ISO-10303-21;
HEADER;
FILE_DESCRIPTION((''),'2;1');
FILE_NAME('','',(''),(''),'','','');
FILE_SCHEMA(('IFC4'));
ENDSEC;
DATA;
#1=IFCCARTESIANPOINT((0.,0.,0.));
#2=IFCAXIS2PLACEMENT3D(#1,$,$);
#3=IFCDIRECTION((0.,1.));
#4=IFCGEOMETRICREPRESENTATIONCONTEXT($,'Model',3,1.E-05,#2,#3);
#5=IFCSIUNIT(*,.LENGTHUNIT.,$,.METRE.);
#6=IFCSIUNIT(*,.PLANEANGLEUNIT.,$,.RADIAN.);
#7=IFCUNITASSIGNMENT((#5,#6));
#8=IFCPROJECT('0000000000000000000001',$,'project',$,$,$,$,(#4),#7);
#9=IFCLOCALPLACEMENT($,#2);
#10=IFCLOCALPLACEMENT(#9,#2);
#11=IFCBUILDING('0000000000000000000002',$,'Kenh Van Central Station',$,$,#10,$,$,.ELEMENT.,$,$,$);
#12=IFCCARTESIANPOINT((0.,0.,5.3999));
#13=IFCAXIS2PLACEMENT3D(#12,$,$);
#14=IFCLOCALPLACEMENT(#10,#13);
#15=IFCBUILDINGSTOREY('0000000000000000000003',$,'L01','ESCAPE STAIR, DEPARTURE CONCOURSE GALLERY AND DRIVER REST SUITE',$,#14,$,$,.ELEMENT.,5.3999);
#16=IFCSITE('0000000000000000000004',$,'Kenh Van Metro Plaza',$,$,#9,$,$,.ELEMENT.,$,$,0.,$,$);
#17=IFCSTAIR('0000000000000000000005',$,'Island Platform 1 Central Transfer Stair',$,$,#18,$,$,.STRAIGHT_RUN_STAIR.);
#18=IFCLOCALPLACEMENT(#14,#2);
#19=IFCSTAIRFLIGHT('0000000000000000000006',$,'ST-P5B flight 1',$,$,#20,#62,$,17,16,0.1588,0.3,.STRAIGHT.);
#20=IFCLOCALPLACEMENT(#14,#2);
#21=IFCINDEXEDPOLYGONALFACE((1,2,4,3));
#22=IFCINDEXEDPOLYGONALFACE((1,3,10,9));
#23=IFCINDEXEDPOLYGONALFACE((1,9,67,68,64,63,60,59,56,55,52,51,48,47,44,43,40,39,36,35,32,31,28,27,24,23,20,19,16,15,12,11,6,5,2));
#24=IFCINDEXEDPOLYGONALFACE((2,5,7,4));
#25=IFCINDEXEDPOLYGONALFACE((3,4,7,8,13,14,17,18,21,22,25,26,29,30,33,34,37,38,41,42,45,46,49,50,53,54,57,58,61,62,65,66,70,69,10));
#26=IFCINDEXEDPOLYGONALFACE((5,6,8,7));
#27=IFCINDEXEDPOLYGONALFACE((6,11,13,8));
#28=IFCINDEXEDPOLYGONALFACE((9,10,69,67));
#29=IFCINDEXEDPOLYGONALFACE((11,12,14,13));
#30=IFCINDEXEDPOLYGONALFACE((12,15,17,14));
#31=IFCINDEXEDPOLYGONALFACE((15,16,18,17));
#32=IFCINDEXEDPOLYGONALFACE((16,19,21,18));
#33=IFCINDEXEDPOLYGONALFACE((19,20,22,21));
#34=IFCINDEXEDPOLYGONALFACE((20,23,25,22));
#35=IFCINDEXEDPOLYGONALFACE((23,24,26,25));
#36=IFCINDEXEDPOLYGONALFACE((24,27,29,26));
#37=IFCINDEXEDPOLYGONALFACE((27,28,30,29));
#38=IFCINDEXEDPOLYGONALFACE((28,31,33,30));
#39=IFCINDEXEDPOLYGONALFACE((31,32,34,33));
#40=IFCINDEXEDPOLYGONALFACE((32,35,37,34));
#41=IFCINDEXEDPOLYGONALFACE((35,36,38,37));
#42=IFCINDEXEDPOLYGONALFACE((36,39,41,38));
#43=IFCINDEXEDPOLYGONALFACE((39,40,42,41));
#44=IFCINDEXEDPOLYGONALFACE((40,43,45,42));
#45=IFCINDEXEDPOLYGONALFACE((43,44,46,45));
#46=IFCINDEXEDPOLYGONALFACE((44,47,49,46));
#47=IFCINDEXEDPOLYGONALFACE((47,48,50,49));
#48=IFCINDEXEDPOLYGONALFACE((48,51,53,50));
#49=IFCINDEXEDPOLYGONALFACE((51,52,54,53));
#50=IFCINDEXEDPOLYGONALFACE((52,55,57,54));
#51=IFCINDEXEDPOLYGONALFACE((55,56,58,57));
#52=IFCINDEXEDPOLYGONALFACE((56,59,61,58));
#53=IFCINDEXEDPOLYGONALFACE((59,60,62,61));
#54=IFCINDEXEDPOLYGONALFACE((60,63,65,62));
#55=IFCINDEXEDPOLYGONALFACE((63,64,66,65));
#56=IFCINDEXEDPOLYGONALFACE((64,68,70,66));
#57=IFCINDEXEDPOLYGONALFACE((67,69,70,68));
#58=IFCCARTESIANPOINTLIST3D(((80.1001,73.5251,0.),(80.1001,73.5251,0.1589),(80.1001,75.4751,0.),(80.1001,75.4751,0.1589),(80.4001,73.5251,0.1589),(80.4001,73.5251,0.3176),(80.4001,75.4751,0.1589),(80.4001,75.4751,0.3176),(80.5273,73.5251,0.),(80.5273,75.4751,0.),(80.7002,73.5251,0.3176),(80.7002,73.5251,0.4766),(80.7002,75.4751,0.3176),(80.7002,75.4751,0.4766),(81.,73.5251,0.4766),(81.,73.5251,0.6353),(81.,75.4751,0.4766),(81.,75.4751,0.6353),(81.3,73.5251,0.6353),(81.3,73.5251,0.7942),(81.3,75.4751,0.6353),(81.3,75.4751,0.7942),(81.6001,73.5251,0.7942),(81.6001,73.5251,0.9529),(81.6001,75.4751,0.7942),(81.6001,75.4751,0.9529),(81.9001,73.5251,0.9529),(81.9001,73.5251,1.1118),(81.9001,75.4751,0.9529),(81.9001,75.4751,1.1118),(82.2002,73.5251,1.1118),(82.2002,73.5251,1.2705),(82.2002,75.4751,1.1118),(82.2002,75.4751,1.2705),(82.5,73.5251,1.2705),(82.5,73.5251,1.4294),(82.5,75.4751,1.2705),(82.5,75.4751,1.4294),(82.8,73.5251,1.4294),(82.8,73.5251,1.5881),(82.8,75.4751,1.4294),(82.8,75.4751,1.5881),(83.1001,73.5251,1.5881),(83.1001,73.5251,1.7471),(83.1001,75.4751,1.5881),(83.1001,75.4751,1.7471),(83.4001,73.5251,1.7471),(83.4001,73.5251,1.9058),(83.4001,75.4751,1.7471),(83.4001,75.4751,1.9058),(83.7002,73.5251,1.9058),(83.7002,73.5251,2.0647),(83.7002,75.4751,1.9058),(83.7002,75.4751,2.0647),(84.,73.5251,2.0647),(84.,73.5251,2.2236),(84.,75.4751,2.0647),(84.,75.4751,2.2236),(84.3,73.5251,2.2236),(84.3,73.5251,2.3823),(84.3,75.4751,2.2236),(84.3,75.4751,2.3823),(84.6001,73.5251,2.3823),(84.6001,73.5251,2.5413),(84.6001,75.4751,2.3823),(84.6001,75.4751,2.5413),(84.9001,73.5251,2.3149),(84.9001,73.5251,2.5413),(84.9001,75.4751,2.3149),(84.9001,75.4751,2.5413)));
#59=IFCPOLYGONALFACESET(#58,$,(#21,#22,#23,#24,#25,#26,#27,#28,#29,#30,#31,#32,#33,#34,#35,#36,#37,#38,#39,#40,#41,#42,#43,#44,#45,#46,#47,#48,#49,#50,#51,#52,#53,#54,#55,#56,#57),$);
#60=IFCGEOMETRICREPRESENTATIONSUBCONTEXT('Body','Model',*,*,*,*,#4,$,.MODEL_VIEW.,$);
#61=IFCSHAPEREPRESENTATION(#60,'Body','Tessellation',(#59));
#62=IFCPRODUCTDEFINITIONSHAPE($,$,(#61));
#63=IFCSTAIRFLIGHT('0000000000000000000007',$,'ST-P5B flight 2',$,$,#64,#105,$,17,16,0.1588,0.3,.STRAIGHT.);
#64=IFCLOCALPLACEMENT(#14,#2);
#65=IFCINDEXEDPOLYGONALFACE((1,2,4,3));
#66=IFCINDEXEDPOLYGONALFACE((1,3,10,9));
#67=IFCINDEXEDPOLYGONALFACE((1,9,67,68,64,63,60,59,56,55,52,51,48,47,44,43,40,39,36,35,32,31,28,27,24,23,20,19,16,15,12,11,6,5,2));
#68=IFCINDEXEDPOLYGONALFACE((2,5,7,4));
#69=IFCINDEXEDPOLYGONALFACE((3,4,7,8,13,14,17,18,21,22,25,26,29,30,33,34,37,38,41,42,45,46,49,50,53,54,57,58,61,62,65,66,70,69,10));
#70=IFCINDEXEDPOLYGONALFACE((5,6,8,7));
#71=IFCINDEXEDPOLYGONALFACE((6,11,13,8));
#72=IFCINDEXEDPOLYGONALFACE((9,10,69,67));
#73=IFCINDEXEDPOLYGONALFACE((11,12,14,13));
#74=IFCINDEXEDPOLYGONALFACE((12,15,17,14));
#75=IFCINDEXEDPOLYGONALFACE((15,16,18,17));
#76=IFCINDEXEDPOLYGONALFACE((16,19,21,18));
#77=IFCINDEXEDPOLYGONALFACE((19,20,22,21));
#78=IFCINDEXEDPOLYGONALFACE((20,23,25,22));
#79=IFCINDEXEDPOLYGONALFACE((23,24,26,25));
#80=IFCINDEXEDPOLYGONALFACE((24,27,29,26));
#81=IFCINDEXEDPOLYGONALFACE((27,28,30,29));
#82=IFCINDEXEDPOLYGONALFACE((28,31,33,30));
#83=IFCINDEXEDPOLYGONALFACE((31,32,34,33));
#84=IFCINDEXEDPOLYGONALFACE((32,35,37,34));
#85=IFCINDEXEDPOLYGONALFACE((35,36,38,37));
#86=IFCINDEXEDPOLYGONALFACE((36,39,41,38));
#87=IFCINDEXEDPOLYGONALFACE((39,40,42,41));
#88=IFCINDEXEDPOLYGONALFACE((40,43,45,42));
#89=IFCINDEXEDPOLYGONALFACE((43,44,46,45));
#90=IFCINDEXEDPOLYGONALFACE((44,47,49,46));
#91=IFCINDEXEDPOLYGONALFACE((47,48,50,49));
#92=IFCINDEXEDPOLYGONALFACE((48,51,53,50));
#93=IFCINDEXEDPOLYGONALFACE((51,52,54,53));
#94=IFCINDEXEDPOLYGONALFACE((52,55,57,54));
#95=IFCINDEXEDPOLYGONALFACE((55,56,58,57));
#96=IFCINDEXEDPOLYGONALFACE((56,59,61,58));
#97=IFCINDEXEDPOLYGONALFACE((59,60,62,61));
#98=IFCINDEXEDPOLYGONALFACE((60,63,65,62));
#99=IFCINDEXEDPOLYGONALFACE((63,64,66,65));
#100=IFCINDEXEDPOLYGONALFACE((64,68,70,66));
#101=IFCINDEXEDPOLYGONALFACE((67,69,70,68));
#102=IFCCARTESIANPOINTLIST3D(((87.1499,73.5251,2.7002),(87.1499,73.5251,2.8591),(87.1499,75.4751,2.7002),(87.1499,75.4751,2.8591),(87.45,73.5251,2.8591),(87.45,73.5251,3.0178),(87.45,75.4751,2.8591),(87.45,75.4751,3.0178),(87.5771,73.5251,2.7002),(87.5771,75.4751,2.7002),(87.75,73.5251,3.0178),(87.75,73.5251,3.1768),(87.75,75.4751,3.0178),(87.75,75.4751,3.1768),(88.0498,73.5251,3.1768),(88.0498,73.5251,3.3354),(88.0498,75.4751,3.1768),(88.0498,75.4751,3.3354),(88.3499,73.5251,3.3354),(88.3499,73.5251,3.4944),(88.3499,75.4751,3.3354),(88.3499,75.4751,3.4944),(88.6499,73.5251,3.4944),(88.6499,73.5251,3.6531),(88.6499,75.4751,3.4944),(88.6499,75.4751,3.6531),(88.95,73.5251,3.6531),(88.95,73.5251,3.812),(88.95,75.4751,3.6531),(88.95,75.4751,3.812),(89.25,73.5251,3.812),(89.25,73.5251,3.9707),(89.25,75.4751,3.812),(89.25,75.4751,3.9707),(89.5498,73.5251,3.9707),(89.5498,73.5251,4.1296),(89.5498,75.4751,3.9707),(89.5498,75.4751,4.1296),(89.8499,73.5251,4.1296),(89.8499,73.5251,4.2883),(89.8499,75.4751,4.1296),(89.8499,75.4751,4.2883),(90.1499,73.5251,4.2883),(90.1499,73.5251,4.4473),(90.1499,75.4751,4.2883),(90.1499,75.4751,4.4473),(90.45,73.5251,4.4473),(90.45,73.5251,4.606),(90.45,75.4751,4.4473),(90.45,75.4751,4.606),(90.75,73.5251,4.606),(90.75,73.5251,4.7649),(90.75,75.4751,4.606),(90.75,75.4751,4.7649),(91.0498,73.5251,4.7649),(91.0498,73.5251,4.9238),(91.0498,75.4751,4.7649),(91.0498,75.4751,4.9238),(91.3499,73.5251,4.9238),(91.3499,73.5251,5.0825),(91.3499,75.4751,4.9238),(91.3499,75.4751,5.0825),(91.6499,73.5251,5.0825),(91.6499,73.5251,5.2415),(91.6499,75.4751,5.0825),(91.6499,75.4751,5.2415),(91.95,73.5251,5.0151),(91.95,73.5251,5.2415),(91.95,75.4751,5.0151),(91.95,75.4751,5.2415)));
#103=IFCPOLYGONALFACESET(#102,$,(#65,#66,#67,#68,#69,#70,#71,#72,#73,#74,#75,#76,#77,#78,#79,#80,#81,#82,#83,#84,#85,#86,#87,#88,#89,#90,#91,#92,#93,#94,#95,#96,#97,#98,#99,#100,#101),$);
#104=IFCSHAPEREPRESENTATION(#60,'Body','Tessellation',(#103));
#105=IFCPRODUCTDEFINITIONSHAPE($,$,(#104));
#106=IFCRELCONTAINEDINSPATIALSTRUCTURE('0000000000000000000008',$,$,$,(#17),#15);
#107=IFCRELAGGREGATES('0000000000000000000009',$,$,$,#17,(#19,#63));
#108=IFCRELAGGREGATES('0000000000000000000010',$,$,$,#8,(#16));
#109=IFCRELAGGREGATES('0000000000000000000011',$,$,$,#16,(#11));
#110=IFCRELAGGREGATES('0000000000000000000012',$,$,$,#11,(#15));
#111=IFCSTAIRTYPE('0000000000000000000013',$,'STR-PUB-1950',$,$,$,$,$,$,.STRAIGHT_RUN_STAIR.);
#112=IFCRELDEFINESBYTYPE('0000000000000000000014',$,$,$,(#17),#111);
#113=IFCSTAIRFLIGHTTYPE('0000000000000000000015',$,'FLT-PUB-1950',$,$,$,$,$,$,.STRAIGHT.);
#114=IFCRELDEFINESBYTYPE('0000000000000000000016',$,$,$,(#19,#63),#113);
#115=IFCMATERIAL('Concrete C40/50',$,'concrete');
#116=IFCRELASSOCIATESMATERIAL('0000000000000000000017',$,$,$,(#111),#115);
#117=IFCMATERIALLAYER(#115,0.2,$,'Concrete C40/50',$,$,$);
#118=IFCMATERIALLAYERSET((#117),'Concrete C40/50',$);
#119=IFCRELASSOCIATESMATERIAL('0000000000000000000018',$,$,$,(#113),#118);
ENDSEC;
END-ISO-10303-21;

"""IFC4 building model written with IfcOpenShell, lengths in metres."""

from ifc_helpers import new_model, si_unit, direction, frame, origin, place, context, subcontext, project, spatial, polyline, outline, extrude, material, layer, layer_set, type_object, element, aggregate, save


model = new_model("IFC4")

# Units and contexts
model_context = context("Model", 3, precision=1e-05, world=origin(), true_north=direction((0.0, 1.0)))
body_context = subcontext(model_context, "Body", "Model", "MODEL_VIEW")
ifc_project = project(units=[si_unit("LENGTHUNIT", "METRE"), si_unit("PLANEANGLEUNIT", "RADIAN")], contexts=[model_context])

# Site, building, storey
site_placement = place(None, origin())
site = spatial("IfcSite", under=ifc_project, at=site_placement, Name="Kenh Van Metro Plaza", CompositionType="ELEMENT", RefElevation=0.0)
building_placement = place(site_placement, origin())
building = spatial("IfcBuilding", under=site, at=building_placement, Name="Kenh Van Central Station", CompositionType="ELEMENT")
storey_placement = place(building_placement, frame((0.0, 0.0, 5.3999)))
storey = spatial("IfcBuildingStorey", under=building, at=storey_placement, Name="L01", Description="ESCAPE STAIR, DEPARTURE CONCOURSE GALLERY AND DRIVER REST SUITE", CompositionType="ELEMENT", Elevation=5.3999)

# Shared definitions
ifc_material_1 = material(Name="Concrete C40/50", Category="concrete")

# Stair, stair flights
stair_type = type_object("IfcStairType", Name="STR-PUB-1950", PredefinedType="STRAIGHT_RUN_STAIR", material=ifc_material_1)
stair_placement = place(storey_placement, origin())
stair = element("IfcStair", 1, at=stair_placement, inside=storey, type_object=stair_type, Name="Island Platform 1 Central Transfer Stair", PredefinedType="STRAIGHT_RUN_STAIR")
ifc_layer_1 = layer(ifc_material_1, 0.2, Name="Concrete C40/50")
ifc_layer_set_1 = layer_set([ifc_layer_1], Name="Concrete C40/50")
stair_flight_type = type_object("IfcStairFlightType", Name="FLT-PUB-1950", PredefinedType="STRAIGHT", material=ifc_layer_set_1)
stair_flight_1_placement = place(storey_placement, frame((80.1001, 74.5, 0.0), z_axis=(0.0, 0.0, 1.0), x_axis=(1.0, 0.0, 0.0)))
stair_flight_1 = element("IfcStairFlight", 2, at=stair_flight_1_placement, type_object=stair_flight_type, Name="ST-P5B flight 1", NumberOfRisers=17, NumberOfTreads=16, PredefinedType="STRAIGHT", RiserHeight=0.1588, TreadLength=0.3, context=body_context, shape_type="SweptSolid", body=[
    extrude(outline(polyline([(0.0, 0.0), (0.0, 0.1589), (0.3, 0.1589), (0.3, 0.3176), (0.6001, 0.3176), (0.6001, 0.4766), (0.8999, 0.4766), (0.8999, 0.6353), (1.2, 0.6353), (1.2, 0.7942), (1.5, 0.7942), (1.5, 0.9529), (1.8, 0.9529), (1.8, 1.1118), (2.1001, 1.1118), (2.1001, 1.2705), (2.3999, 1.2705), (2.3999, 1.4294), (2.7, 1.4294), (2.7, 1.5881), (3.0, 1.5881), (3.0, 1.7471), (3.3, 1.7471), (3.3, 1.9058), (3.6001, 1.9058), (3.6001, 2.0647), (3.8999, 2.0647), (3.8999, 2.2236), (4.2, 2.2236), (4.2, 2.3823), (4.5, 2.3823), (4.5, 2.5413), (4.8, 2.5413), (4.8, 2.7), (4.8, 2.3149), (0.4272, 0.0), (0.0, 0.0)])), frame((0.0, 0.9751, 0.0), z_axis=(0.0, -1.0, 0.0), x_axis=(1.0, 0.0, 0.0)), (0.0, 0.0, 1.0), 1.95),
])
stair_flight_2_placement = place(storey_placement, frame((87.1499, 74.5, 2.7002), z_axis=(0.0, 0.0, 1.0), x_axis=(1.0, 0.0, 0.0)))
stair_flight_2 = element("IfcStairFlight", 3, at=stair_flight_2_placement, type_object=stair_flight_type, Name="ST-P5B flight 2", NumberOfRisers=17, NumberOfTreads=16, PredefinedType="STRAIGHT", RiserHeight=0.1588, TreadLength=0.3, context=body_context, shape_type="SweptSolid", body=[
    extrude(outline(polyline([(0.0, 0.0), (0.0, 0.1589), (0.3, 0.1589), (0.3, 0.3176), (0.6001, 0.3176), (0.6001, 0.4766), (0.8999, 0.4766), (0.8999, 0.6353), (1.2, 0.6353), (1.2, 0.7942), (1.5, 0.7942), (1.5, 0.9529), (1.8, 0.9529), (1.8, 1.1118), (2.1001, 1.1118), (2.1001, 1.2705), (2.3999, 1.2705), (2.3999, 1.4294), (2.7, 1.4294), (2.7, 1.5881), (3.0, 1.5881), (3.0, 1.7471), (3.3, 1.7471), (3.3, 1.9058), (3.6001, 1.9058), (3.6001, 2.0647), (3.8999, 2.0647), (3.8999, 2.2236), (4.2, 2.2236), (4.2, 2.3823), (4.5, 2.3823), (4.5, 2.5413), (4.8, 2.5413), (4.8, 2.7), (4.8, 2.3149), (0.4272, 0.0), (0.0, 0.0)])), frame((0.0, 0.9751, 0.0), z_axis=(0.0, -1.0, 0.0), x_axis=(1.0, 0.0, 0.0)), (0.0, 0.0, 1.0), 1.95),
])
aggregate(stair, [stair_flight_1, stair_flight_2])

save(model, "model.ifc")
